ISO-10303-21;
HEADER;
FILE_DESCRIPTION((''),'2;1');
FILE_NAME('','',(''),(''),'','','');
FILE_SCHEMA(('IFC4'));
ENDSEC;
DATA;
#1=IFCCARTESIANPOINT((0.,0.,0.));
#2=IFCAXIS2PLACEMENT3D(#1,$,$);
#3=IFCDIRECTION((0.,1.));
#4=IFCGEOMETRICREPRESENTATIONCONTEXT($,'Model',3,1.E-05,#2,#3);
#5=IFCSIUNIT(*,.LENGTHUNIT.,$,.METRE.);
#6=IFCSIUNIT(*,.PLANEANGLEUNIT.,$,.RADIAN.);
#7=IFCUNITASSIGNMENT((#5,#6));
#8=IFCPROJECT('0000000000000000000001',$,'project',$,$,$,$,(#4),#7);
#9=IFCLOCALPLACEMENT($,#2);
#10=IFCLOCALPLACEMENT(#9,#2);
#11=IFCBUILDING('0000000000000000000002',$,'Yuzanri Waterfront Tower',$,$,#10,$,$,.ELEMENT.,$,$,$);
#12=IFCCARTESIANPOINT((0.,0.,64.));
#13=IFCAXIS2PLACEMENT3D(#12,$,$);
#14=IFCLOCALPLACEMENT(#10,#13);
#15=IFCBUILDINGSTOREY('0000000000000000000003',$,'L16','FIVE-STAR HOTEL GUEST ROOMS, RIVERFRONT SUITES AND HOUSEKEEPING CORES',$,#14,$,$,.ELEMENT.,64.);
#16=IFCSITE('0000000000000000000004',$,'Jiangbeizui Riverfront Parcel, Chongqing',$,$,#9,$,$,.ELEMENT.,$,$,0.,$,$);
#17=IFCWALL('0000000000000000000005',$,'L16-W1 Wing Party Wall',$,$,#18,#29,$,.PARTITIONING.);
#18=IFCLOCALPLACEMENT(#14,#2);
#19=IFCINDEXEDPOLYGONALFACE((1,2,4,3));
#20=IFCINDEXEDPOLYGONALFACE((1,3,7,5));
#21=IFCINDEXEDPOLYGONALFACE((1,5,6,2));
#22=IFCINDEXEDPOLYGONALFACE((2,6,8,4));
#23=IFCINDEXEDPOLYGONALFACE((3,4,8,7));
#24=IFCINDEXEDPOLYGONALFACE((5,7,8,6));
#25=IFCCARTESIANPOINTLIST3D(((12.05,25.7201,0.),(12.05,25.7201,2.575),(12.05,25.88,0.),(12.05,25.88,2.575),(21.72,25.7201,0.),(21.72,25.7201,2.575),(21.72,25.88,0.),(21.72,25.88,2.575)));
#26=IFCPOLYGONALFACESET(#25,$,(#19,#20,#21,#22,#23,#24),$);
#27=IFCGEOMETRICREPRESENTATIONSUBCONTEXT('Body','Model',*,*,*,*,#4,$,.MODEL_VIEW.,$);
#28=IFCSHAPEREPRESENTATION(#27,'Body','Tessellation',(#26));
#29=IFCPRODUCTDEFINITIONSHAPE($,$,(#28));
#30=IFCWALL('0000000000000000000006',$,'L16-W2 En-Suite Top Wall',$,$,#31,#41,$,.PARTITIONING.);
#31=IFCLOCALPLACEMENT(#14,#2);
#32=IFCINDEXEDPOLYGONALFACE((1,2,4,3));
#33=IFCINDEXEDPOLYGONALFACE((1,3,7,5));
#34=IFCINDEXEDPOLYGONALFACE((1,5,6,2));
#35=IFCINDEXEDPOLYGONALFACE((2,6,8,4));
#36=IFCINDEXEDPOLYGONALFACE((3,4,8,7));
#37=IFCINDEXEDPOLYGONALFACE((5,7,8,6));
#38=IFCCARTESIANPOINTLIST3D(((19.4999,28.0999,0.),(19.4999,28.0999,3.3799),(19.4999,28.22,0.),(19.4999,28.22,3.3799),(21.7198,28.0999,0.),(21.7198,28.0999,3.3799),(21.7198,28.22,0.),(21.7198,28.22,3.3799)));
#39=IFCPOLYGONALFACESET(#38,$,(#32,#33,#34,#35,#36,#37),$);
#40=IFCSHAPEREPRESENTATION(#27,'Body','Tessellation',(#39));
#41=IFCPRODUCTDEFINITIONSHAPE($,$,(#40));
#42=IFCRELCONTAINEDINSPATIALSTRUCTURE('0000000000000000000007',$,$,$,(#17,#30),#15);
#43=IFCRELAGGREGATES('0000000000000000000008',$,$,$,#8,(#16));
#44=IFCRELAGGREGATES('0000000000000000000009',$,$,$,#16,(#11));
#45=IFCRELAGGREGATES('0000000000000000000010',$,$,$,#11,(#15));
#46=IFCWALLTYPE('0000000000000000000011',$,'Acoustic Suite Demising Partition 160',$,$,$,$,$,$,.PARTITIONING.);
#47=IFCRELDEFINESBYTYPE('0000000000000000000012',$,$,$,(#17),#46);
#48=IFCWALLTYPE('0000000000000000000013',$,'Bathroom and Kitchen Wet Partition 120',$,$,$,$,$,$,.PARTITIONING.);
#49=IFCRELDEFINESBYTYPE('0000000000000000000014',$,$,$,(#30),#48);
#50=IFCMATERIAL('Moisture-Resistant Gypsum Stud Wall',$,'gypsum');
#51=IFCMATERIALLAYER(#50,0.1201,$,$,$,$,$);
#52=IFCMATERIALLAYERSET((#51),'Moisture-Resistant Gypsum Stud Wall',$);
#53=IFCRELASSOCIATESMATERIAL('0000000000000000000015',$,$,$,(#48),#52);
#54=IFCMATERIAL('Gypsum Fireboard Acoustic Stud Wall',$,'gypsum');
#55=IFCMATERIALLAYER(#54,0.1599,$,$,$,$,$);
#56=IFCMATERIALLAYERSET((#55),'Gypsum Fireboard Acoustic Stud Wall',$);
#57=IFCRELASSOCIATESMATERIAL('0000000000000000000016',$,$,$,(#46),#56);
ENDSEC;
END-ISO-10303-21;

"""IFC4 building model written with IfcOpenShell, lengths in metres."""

from ifc_helpers import new_model, si_unit, direction, frame, frame_2d, origin, place, context, subcontext, project, spatial, rectangle, extrude, source, transform, mapped, material, layer, layer_set, type_object, element, save


model = new_model("IFC4")

# Units and contexts
model_context = context("Model", 3, precision=1e-05, world=origin(), true_north=direction((0.0, 1.0)))
body_context = subcontext(model_context, "Body", "Model", "MODEL_VIEW")
ifc_project = project(units=[si_unit("LENGTHUNIT", "METRE"), si_unit("PLANEANGLEUNIT", "RADIAN")], contexts=[model_context])

# Site, building, storey
site_placement = place(None, origin())
site = spatial("IfcSite", under=ifc_project, at=site_placement, Name="Jiangbeizui Riverfront Parcel, Chongqing", CompositionType="ELEMENT", RefElevation=0.0)
building_placement = place(site_placement, origin())
building = spatial("IfcBuilding", under=site, at=building_placement, Name="Yuzanri Waterfront Tower", CompositionType="ELEMENT")
storey_placement = place(building_placement, frame((0.0, 0.0, 64.0)))
storey = spatial("IfcBuildingStorey", under=building, at=storey_placement, Name="L16", Description="FIVE-STAR HOTEL GUEST ROOMS, RIVERFRONT SUITES AND HOUSEKEEPING CORES", CompositionType="ELEMENT", Elevation=64.0)

# Shared definitions
ifc_material_1 = material(Name="Moisture-Resistant Gypsum Stud Wall", Category="gypsum")
ifc_layer_1 = layer(ifc_material_1, 0.1201)
ifc_layer_set_1 = layer_set([ifc_layer_1], Name="Moisture-Resistant Gypsum Stud Wall")
wall_type_1 = type_object("IfcWallType", Name="Bathroom and Kitchen Wet Partition 120", PredefinedType="PARTITIONING", material=ifc_layer_set_1)

# Walls
ifc_material_2 = material(Name="Gypsum Fireboard Acoustic Stud Wall", Category="gypsum")
ifc_layer_2 = layer(ifc_material_2, 0.1599)
ifc_layer_set_2 = layer_set([ifc_layer_2], Name="Gypsum Fireboard Acoustic Stud Wall")
wall_type_2 = type_object("IfcWallType", Name="Acoustic Suite Demising Partition 160", PredefinedType="PARTITIONING", material=ifc_layer_set_2)
shared_shape_1 = source(origin(), body_context, "Body", "SweptSolid", [
    extrude(rectangle(XDim=9.6699, YDim=0.1599, at=frame_2d((4.835, 0.0))), origin(), (0.0, 0.0, 1.0), 2.575),
])
wall_1_placement = place(storey_placement, frame((12.05, 25.8, 0.0), z_axis=(0.0, 0.0, 1.0), x_axis=(1.0, 0.0, 0.0)))
element("IfcWall", 1, at=wall_1_placement, inside=storey, type_object=wall_type_2, Name="L16-W1 Wing Party Wall", PredefinedType="PARTITIONING", context=body_context, shape_type="MappedRepresentation", body=[
    mapped(shared_shape_1, transform((0.0, 0.0, 0.0), scale=1.0)),
])
shared_shape_2 = source(origin(), body_context, "Body", "SweptSolid", [
    extrude(rectangle(XDim=2.22, YDim=0.1201, at=frame_2d((1.1099, 0.0))), origin(), (0.0, 0.0, 1.0), 3.3799),
])
wall_2_placement = place(storey_placement, frame((19.5, 28.1599, 0.0), z_axis=(0.0, 0.0, 1.0), x_axis=(1.0, 0.0, 0.0)))
element("IfcWall", 2, at=wall_2_placement, inside=storey, type_object=wall_type_1, Name="L16-W2 En-Suite Top Wall", PredefinedType="PARTITIONING", context=body_context, shape_type="MappedRepresentation", body=[
    mapped(shared_shape_2, transform((0.0, 0.0, 0.0), scale=1.0)),
])

save(model, "model.ifc")
